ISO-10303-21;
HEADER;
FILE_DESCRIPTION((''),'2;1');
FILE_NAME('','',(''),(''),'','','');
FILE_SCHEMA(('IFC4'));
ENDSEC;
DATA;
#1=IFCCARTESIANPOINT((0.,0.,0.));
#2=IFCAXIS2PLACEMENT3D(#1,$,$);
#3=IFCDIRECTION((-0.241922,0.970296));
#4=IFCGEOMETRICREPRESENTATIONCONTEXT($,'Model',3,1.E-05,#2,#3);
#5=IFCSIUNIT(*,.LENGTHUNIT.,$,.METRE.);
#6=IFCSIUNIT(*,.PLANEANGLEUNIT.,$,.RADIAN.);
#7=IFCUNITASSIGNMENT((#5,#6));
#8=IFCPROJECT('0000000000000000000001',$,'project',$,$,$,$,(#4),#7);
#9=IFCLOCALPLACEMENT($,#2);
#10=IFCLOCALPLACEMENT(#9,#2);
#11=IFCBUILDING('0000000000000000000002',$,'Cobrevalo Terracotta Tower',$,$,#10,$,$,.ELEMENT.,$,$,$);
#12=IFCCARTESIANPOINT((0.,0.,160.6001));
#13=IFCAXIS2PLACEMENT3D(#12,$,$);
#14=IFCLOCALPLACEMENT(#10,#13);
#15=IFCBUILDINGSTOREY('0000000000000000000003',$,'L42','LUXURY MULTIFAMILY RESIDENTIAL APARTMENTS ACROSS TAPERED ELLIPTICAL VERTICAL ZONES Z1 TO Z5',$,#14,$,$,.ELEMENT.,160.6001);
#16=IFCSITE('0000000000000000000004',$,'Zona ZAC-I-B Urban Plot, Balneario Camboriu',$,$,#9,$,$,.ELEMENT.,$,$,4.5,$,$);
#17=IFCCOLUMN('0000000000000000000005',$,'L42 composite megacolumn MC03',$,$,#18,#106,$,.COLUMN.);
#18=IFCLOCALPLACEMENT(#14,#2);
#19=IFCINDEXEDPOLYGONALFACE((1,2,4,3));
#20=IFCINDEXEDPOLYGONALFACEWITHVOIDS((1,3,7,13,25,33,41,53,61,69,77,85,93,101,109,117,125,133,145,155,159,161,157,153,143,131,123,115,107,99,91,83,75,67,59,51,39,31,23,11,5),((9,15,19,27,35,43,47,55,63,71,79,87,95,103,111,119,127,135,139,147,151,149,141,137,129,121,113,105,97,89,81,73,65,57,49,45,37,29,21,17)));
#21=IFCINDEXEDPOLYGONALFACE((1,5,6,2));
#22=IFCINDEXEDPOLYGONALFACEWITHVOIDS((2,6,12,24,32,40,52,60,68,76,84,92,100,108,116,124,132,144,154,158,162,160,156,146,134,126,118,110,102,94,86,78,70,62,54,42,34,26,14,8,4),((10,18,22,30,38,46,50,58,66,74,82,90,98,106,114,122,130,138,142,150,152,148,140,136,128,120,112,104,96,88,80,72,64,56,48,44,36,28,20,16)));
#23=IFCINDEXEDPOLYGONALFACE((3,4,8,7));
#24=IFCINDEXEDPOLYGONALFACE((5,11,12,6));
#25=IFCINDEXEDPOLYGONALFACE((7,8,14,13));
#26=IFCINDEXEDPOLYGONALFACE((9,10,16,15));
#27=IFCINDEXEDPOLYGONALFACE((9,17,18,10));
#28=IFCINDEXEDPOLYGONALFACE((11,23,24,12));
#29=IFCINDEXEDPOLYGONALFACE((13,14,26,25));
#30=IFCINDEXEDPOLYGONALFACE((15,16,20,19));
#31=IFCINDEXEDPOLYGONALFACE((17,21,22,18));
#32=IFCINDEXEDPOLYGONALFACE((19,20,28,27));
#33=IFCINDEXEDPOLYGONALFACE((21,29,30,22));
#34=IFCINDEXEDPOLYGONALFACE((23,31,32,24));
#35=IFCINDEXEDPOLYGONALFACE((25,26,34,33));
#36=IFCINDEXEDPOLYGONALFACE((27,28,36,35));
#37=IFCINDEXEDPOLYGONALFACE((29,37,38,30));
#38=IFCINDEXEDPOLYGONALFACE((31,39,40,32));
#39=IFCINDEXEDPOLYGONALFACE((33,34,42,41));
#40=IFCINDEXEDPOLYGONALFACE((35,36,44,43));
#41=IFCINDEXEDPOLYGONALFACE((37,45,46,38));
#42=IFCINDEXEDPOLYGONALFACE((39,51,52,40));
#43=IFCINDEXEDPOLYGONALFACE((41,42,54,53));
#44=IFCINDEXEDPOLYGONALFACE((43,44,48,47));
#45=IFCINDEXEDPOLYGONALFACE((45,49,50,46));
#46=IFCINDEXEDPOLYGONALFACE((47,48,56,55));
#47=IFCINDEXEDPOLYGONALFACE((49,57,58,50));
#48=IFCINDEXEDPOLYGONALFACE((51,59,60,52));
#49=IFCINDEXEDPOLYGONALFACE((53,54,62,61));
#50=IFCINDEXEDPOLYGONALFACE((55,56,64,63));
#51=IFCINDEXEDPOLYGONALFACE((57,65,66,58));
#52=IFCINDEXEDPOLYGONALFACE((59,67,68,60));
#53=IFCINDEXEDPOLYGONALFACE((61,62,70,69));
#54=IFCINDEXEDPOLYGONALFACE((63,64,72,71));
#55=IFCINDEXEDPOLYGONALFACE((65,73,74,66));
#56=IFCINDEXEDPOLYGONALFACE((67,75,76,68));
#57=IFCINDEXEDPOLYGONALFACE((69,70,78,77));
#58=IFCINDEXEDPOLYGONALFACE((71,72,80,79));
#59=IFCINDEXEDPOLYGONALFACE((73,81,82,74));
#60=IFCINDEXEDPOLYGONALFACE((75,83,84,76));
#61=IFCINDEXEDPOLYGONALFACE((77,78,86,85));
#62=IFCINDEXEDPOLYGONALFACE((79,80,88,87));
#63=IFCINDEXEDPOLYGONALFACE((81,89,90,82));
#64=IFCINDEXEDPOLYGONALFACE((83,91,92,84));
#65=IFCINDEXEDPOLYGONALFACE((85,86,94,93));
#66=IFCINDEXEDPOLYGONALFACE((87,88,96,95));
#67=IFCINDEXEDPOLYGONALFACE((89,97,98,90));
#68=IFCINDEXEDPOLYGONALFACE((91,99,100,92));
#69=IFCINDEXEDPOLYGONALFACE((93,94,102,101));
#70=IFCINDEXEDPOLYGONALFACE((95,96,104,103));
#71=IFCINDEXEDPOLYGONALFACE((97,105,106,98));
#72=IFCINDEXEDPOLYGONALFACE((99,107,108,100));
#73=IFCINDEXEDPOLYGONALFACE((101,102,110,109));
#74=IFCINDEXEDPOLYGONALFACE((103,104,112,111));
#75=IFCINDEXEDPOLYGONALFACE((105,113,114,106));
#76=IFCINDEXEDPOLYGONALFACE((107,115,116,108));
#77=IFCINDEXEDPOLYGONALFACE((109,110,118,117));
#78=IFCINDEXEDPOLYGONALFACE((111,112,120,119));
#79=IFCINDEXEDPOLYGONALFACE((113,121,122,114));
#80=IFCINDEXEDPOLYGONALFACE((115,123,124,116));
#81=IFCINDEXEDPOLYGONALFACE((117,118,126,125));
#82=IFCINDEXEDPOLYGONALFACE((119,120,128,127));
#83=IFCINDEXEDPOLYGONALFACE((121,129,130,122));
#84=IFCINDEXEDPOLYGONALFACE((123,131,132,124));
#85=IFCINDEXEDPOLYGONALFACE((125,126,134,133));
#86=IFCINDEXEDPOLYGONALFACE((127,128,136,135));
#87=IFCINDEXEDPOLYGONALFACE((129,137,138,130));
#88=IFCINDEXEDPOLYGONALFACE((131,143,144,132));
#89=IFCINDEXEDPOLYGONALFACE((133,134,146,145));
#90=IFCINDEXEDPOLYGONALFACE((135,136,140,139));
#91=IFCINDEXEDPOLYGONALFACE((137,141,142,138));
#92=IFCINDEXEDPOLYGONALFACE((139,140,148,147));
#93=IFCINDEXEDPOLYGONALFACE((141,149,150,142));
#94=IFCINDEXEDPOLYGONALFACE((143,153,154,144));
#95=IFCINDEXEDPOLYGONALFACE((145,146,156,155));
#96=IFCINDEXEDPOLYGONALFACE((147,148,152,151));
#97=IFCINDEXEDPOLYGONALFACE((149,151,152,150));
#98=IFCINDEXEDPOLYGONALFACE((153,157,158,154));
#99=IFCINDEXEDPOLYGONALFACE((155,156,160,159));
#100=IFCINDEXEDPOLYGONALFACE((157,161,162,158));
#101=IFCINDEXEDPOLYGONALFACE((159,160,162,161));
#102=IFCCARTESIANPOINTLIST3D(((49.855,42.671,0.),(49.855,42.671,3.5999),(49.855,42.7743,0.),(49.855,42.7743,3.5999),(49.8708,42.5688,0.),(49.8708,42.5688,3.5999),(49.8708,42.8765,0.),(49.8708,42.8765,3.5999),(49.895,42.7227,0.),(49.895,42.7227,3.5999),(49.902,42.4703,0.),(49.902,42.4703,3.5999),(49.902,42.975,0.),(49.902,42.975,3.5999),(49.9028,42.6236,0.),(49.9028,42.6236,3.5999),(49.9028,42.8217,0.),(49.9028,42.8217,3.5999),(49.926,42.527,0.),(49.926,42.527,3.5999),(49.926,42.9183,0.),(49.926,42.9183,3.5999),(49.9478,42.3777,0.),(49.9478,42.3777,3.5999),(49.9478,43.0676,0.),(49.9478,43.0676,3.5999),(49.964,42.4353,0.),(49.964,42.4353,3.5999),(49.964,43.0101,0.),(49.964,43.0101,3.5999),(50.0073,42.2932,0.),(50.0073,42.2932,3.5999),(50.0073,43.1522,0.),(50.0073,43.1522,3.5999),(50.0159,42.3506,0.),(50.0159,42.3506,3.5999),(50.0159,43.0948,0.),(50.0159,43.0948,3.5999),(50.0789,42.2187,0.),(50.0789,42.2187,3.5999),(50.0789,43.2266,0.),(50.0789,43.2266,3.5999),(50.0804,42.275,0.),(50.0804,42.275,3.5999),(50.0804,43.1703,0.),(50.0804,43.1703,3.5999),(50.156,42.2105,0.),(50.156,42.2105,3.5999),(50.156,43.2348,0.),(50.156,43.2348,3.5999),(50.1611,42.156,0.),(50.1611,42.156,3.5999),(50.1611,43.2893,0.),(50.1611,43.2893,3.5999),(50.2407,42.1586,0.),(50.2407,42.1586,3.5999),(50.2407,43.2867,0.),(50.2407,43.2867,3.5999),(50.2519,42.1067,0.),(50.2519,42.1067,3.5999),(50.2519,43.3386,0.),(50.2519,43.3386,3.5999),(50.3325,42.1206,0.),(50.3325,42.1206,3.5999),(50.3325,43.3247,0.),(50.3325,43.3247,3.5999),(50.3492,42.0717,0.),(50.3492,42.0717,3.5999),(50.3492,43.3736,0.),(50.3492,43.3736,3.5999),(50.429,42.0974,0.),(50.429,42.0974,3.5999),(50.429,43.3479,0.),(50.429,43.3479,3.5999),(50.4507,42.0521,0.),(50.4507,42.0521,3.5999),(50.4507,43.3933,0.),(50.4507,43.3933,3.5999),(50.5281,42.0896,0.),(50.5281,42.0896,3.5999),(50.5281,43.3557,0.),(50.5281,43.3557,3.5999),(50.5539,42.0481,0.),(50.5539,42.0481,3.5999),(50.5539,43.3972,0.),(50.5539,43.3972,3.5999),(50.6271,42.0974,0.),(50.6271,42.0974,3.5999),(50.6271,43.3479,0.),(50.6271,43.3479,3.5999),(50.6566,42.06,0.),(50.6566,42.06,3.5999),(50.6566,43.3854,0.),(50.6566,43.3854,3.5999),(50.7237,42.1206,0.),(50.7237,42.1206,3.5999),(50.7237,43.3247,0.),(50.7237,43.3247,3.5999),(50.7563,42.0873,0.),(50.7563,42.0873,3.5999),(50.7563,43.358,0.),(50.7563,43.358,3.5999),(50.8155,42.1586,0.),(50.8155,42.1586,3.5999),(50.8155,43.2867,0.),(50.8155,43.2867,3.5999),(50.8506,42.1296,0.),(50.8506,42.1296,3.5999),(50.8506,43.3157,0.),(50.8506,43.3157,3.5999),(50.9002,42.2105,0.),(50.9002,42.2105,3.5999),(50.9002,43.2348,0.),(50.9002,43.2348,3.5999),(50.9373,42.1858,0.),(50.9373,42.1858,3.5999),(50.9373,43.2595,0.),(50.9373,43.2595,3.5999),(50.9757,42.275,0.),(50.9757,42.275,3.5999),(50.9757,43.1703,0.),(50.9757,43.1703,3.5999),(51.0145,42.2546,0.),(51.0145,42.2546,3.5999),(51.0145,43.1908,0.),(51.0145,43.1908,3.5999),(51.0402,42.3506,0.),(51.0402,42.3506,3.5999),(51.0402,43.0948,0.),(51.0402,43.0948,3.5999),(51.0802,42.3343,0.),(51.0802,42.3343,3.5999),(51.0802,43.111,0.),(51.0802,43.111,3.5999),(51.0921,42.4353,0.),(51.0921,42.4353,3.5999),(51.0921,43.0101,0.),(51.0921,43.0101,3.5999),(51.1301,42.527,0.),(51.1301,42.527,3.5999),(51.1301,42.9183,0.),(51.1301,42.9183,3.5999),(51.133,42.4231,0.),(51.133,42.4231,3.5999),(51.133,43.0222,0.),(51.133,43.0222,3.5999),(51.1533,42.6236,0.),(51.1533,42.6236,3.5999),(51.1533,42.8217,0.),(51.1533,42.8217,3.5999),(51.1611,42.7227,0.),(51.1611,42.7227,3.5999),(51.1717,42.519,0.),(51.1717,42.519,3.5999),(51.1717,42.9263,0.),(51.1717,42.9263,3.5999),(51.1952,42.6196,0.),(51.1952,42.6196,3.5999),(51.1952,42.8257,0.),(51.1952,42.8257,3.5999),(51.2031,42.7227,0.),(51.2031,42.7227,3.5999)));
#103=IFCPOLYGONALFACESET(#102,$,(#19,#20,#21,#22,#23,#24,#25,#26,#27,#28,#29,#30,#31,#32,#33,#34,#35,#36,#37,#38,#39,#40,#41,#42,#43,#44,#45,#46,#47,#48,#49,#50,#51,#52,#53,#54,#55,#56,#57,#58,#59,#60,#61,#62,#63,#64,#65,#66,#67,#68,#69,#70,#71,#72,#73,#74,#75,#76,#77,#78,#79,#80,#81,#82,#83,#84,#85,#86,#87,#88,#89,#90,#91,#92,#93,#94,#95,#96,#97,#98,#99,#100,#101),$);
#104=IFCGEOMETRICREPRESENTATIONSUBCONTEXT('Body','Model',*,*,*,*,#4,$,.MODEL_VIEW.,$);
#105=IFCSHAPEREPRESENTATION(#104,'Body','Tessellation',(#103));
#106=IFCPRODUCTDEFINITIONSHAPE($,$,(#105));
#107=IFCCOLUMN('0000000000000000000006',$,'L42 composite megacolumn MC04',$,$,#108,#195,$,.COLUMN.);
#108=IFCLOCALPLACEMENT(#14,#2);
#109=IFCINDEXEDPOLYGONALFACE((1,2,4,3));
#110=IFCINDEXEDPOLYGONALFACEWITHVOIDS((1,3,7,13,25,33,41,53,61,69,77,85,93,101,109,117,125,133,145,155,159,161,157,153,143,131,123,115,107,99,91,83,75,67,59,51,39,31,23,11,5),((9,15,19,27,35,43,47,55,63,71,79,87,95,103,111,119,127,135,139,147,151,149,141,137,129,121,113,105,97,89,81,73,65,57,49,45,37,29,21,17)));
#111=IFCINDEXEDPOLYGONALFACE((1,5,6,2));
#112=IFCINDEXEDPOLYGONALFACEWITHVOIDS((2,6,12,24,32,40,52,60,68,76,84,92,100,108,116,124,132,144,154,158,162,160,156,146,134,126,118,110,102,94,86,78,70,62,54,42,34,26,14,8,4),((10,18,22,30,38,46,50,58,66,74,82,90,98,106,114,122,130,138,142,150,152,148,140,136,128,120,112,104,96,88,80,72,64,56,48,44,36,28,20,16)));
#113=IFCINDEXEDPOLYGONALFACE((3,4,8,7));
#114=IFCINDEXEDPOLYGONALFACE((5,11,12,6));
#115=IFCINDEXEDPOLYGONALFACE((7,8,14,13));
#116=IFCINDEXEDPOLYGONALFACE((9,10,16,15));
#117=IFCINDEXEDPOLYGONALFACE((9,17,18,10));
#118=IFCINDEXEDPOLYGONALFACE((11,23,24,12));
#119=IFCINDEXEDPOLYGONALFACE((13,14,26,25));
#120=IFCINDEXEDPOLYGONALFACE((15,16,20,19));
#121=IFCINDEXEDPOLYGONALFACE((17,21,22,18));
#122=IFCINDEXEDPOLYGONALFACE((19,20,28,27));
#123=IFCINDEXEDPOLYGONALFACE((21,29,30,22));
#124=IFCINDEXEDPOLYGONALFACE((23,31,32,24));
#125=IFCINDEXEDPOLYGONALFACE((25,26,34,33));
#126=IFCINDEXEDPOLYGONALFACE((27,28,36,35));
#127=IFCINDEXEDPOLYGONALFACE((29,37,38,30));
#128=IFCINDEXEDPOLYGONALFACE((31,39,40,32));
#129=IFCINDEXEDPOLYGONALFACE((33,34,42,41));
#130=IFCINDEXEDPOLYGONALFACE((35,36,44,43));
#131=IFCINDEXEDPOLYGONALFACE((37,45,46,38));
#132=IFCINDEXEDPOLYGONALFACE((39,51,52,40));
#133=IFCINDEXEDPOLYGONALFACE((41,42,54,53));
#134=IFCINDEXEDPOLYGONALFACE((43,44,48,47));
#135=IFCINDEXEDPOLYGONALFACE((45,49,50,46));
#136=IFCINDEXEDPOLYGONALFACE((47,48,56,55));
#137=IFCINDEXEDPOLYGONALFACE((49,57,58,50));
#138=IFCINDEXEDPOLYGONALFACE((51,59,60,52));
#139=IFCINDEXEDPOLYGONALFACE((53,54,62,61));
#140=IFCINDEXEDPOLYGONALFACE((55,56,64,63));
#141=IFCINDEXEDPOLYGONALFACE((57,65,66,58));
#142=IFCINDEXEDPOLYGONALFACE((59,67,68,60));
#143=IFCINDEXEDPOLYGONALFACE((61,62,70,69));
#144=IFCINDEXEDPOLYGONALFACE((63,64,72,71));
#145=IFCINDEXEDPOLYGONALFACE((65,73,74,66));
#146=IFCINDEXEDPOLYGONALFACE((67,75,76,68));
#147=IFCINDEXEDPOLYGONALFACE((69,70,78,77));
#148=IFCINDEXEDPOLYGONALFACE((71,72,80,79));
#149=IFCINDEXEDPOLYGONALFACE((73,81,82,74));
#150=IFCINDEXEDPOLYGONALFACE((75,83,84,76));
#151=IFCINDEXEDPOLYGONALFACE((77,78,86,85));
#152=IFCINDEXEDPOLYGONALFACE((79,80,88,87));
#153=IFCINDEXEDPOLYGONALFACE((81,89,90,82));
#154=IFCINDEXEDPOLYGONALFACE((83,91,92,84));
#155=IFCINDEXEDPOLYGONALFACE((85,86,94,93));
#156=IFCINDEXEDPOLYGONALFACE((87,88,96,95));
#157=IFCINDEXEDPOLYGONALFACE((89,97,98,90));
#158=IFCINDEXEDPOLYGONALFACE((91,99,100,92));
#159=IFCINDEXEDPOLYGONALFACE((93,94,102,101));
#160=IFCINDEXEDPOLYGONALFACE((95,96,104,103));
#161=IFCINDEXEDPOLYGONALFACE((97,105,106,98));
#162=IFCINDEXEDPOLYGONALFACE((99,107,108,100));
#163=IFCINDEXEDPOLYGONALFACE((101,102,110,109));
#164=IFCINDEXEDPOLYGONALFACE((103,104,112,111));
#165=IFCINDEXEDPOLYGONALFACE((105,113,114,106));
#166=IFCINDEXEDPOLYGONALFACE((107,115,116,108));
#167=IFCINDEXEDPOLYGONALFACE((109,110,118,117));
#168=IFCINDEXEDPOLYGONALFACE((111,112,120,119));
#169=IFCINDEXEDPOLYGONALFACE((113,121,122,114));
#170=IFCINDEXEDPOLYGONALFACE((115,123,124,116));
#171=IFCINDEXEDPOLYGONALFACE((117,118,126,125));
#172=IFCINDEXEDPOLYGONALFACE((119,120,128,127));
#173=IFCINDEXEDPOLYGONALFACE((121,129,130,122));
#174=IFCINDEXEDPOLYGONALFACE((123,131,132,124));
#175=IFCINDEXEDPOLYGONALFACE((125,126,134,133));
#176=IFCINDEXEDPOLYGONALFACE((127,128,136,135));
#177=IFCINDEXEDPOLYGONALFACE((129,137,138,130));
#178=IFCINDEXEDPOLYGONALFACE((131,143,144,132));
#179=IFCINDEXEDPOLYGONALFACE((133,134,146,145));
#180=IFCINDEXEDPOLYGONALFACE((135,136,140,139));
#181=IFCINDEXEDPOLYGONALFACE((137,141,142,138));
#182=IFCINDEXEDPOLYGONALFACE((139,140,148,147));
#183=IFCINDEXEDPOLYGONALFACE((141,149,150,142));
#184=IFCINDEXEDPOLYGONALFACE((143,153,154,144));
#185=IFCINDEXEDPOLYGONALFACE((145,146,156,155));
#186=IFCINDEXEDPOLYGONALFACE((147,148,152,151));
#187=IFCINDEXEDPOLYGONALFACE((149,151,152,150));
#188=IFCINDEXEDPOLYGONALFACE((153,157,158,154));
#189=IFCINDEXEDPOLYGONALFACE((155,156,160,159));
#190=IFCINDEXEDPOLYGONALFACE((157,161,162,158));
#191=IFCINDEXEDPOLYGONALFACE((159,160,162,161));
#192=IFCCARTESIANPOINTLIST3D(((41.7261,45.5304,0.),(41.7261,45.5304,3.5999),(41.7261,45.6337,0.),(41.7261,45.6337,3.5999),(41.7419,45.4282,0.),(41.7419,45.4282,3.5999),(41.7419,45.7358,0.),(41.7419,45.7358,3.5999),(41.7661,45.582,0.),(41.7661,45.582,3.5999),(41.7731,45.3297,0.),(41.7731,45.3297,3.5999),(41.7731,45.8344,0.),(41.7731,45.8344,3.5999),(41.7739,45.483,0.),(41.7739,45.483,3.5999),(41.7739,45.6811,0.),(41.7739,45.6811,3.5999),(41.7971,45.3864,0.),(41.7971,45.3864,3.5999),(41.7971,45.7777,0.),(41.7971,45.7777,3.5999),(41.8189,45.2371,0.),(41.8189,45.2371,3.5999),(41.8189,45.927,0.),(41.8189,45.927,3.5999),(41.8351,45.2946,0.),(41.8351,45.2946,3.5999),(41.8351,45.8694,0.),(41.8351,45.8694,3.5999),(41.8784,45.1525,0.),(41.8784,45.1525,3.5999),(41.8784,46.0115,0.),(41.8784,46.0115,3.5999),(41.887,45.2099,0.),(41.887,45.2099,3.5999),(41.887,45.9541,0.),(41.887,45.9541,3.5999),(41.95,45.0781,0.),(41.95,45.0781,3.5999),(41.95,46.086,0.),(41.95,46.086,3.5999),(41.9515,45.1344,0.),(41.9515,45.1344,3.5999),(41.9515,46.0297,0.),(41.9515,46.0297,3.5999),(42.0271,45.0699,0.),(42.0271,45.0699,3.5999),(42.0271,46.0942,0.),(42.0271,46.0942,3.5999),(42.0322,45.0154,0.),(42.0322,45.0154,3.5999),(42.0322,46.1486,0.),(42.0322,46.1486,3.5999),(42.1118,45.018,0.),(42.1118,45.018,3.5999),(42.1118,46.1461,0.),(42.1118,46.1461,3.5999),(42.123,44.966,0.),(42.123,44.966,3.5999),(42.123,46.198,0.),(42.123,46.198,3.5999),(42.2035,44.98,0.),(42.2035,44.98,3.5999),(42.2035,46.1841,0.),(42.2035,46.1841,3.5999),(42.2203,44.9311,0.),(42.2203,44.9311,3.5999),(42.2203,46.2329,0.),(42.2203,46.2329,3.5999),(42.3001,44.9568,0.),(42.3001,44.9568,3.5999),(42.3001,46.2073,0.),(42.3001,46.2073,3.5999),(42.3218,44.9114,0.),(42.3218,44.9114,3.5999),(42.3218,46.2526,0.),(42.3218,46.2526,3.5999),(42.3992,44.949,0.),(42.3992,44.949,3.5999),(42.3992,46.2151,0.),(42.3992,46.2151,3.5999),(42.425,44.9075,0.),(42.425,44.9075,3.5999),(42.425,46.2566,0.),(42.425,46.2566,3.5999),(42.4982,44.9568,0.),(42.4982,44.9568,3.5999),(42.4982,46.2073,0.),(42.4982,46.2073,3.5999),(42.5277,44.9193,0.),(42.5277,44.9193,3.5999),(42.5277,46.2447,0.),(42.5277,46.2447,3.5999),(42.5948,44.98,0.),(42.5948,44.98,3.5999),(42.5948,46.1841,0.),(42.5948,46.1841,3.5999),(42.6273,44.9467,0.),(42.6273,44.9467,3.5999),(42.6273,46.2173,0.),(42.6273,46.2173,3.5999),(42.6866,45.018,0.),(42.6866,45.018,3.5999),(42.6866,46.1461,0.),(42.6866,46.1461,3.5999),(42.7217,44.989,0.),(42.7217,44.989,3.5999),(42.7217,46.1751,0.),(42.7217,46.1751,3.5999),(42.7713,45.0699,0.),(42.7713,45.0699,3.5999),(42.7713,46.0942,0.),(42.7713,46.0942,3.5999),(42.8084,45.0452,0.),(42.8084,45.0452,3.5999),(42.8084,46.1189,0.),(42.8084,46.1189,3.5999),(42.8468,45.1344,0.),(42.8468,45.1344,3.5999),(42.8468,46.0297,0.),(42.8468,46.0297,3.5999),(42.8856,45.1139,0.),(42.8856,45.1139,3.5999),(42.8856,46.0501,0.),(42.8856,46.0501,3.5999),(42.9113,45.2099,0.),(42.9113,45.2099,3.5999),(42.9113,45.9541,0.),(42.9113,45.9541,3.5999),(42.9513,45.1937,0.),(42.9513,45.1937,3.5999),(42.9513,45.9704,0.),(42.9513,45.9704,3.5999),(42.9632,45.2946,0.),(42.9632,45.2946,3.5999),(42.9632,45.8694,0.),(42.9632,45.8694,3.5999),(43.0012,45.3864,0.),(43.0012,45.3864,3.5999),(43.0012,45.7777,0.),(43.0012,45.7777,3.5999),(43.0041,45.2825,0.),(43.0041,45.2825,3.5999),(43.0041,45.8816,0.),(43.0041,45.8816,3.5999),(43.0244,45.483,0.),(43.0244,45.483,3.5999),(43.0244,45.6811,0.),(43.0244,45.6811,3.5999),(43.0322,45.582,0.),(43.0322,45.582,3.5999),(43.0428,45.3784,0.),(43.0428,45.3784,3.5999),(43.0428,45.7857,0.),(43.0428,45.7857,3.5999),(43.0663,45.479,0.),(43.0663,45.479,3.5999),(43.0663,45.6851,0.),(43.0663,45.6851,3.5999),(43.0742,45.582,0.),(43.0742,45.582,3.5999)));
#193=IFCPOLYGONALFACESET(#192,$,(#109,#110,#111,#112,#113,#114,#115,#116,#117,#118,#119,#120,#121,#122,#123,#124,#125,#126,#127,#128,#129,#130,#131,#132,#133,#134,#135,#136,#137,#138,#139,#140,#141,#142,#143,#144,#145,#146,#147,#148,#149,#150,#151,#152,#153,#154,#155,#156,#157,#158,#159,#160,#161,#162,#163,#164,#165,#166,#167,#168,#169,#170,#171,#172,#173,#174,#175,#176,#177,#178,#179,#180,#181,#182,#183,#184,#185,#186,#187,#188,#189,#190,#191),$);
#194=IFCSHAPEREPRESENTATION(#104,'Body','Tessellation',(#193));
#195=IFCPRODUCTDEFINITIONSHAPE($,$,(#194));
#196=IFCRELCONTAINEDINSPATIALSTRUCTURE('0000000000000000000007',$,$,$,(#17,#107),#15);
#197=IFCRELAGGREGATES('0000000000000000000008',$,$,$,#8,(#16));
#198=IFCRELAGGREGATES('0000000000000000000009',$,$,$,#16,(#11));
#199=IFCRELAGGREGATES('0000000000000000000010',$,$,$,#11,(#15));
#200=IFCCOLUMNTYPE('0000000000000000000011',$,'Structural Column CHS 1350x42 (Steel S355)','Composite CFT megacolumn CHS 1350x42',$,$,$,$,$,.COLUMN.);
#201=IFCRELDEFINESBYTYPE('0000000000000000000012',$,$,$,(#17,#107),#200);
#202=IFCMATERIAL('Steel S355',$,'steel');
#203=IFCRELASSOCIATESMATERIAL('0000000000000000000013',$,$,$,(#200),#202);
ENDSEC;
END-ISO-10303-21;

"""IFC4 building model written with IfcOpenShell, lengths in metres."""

from ifc_helpers import new_model, si_unit, direction, frame, origin, origin_2d, place, context, subcontext, project, spatial, hollow_circle, extrude, material, material_profile, profile_set, type_object, element, save


model = new_model("IFC4")

# Units and contexts
model_context = context("Model", 3, precision=1e-05, world=origin(), true_north=direction((-0.241922, 0.970296)))
body_context = subcontext(model_context, "Body", "Model", "MODEL_VIEW")
ifc_project = project(units=[si_unit("LENGTHUNIT", "METRE"), si_unit("PLANEANGLEUNIT", "RADIAN")], contexts=[model_context])

# Site, building, storey
site_placement = place(None, origin())
site = spatial("IfcSite", under=ifc_project, at=site_placement, Name="Zona ZAC-I-B Urban Plot, Balneario Camboriu", CompositionType="ELEMENT", RefElevation=4.5)
building_placement = place(site_placement, origin())
building = spatial("IfcBuilding", under=site, at=building_placement, Name="Cobrevalo Terracotta Tower", CompositionType="ELEMENT")
storey_placement = place(building_placement, frame((0.0, 0.0, 160.6001)))
storey = spatial("IfcBuildingStorey", under=building, at=storey_placement, Name="L42", Description="LUXURY MULTIFAMILY RESIDENTIAL APARTMENTS ACROSS TAPERED ELLIPTICAL VERTICAL ZONES Z1 TO Z5", CompositionType="ELEMENT", Elevation=160.6001)

# Columns
ifc_material_1 = material(Name="Steel S355", Category="steel")
ifc_material_profile_1 = material_profile(ifc_material_1, hollow_circle(Radius=0.675, WallThickness=0.042, at=origin_2d()), Name="CHS 1350x42")
ifc_profile_set_1 = profile_set([ifc_material_profile_1], Name="Steel S355")
column_type = type_object("IfcColumnType", Name="Structural Column CHS 1350x42 (Steel S355)", Description="Composite CFT megacolumn CHS 1350x42", PredefinedType="COLUMN", material=ifc_profile_set_1)
for number, where, z_axis, x_axis, name in (
    (1, (50.5281, 42.7227, 0.0), (0.0, 0.0, 1.0), (1.0, 0.0, 0.0), "L42 composite megacolumn MC03"),
    (2, (42.3992, 45.582, 0.0), (0.0, 0.0, 1.0), (1.0, 0.0, 0.0), "L42 composite megacolumn MC04"),
):
    element("IfcColumn", number, at=place(storey_placement, frame(where, z_axis=z_axis, x_axis=x_axis)), inside=storey, type_object=column_type, Name=name, PredefinedType="COLUMN", context=body_context, shape_type="SweptSolid", body=[
        extrude(hollow_circle(Radius=0.675, WallThickness=0.042, at=origin_2d()), origin(), (0.0, 0.0, 1.0), 3.5999),
    ])

save(model, "model.ifc")
